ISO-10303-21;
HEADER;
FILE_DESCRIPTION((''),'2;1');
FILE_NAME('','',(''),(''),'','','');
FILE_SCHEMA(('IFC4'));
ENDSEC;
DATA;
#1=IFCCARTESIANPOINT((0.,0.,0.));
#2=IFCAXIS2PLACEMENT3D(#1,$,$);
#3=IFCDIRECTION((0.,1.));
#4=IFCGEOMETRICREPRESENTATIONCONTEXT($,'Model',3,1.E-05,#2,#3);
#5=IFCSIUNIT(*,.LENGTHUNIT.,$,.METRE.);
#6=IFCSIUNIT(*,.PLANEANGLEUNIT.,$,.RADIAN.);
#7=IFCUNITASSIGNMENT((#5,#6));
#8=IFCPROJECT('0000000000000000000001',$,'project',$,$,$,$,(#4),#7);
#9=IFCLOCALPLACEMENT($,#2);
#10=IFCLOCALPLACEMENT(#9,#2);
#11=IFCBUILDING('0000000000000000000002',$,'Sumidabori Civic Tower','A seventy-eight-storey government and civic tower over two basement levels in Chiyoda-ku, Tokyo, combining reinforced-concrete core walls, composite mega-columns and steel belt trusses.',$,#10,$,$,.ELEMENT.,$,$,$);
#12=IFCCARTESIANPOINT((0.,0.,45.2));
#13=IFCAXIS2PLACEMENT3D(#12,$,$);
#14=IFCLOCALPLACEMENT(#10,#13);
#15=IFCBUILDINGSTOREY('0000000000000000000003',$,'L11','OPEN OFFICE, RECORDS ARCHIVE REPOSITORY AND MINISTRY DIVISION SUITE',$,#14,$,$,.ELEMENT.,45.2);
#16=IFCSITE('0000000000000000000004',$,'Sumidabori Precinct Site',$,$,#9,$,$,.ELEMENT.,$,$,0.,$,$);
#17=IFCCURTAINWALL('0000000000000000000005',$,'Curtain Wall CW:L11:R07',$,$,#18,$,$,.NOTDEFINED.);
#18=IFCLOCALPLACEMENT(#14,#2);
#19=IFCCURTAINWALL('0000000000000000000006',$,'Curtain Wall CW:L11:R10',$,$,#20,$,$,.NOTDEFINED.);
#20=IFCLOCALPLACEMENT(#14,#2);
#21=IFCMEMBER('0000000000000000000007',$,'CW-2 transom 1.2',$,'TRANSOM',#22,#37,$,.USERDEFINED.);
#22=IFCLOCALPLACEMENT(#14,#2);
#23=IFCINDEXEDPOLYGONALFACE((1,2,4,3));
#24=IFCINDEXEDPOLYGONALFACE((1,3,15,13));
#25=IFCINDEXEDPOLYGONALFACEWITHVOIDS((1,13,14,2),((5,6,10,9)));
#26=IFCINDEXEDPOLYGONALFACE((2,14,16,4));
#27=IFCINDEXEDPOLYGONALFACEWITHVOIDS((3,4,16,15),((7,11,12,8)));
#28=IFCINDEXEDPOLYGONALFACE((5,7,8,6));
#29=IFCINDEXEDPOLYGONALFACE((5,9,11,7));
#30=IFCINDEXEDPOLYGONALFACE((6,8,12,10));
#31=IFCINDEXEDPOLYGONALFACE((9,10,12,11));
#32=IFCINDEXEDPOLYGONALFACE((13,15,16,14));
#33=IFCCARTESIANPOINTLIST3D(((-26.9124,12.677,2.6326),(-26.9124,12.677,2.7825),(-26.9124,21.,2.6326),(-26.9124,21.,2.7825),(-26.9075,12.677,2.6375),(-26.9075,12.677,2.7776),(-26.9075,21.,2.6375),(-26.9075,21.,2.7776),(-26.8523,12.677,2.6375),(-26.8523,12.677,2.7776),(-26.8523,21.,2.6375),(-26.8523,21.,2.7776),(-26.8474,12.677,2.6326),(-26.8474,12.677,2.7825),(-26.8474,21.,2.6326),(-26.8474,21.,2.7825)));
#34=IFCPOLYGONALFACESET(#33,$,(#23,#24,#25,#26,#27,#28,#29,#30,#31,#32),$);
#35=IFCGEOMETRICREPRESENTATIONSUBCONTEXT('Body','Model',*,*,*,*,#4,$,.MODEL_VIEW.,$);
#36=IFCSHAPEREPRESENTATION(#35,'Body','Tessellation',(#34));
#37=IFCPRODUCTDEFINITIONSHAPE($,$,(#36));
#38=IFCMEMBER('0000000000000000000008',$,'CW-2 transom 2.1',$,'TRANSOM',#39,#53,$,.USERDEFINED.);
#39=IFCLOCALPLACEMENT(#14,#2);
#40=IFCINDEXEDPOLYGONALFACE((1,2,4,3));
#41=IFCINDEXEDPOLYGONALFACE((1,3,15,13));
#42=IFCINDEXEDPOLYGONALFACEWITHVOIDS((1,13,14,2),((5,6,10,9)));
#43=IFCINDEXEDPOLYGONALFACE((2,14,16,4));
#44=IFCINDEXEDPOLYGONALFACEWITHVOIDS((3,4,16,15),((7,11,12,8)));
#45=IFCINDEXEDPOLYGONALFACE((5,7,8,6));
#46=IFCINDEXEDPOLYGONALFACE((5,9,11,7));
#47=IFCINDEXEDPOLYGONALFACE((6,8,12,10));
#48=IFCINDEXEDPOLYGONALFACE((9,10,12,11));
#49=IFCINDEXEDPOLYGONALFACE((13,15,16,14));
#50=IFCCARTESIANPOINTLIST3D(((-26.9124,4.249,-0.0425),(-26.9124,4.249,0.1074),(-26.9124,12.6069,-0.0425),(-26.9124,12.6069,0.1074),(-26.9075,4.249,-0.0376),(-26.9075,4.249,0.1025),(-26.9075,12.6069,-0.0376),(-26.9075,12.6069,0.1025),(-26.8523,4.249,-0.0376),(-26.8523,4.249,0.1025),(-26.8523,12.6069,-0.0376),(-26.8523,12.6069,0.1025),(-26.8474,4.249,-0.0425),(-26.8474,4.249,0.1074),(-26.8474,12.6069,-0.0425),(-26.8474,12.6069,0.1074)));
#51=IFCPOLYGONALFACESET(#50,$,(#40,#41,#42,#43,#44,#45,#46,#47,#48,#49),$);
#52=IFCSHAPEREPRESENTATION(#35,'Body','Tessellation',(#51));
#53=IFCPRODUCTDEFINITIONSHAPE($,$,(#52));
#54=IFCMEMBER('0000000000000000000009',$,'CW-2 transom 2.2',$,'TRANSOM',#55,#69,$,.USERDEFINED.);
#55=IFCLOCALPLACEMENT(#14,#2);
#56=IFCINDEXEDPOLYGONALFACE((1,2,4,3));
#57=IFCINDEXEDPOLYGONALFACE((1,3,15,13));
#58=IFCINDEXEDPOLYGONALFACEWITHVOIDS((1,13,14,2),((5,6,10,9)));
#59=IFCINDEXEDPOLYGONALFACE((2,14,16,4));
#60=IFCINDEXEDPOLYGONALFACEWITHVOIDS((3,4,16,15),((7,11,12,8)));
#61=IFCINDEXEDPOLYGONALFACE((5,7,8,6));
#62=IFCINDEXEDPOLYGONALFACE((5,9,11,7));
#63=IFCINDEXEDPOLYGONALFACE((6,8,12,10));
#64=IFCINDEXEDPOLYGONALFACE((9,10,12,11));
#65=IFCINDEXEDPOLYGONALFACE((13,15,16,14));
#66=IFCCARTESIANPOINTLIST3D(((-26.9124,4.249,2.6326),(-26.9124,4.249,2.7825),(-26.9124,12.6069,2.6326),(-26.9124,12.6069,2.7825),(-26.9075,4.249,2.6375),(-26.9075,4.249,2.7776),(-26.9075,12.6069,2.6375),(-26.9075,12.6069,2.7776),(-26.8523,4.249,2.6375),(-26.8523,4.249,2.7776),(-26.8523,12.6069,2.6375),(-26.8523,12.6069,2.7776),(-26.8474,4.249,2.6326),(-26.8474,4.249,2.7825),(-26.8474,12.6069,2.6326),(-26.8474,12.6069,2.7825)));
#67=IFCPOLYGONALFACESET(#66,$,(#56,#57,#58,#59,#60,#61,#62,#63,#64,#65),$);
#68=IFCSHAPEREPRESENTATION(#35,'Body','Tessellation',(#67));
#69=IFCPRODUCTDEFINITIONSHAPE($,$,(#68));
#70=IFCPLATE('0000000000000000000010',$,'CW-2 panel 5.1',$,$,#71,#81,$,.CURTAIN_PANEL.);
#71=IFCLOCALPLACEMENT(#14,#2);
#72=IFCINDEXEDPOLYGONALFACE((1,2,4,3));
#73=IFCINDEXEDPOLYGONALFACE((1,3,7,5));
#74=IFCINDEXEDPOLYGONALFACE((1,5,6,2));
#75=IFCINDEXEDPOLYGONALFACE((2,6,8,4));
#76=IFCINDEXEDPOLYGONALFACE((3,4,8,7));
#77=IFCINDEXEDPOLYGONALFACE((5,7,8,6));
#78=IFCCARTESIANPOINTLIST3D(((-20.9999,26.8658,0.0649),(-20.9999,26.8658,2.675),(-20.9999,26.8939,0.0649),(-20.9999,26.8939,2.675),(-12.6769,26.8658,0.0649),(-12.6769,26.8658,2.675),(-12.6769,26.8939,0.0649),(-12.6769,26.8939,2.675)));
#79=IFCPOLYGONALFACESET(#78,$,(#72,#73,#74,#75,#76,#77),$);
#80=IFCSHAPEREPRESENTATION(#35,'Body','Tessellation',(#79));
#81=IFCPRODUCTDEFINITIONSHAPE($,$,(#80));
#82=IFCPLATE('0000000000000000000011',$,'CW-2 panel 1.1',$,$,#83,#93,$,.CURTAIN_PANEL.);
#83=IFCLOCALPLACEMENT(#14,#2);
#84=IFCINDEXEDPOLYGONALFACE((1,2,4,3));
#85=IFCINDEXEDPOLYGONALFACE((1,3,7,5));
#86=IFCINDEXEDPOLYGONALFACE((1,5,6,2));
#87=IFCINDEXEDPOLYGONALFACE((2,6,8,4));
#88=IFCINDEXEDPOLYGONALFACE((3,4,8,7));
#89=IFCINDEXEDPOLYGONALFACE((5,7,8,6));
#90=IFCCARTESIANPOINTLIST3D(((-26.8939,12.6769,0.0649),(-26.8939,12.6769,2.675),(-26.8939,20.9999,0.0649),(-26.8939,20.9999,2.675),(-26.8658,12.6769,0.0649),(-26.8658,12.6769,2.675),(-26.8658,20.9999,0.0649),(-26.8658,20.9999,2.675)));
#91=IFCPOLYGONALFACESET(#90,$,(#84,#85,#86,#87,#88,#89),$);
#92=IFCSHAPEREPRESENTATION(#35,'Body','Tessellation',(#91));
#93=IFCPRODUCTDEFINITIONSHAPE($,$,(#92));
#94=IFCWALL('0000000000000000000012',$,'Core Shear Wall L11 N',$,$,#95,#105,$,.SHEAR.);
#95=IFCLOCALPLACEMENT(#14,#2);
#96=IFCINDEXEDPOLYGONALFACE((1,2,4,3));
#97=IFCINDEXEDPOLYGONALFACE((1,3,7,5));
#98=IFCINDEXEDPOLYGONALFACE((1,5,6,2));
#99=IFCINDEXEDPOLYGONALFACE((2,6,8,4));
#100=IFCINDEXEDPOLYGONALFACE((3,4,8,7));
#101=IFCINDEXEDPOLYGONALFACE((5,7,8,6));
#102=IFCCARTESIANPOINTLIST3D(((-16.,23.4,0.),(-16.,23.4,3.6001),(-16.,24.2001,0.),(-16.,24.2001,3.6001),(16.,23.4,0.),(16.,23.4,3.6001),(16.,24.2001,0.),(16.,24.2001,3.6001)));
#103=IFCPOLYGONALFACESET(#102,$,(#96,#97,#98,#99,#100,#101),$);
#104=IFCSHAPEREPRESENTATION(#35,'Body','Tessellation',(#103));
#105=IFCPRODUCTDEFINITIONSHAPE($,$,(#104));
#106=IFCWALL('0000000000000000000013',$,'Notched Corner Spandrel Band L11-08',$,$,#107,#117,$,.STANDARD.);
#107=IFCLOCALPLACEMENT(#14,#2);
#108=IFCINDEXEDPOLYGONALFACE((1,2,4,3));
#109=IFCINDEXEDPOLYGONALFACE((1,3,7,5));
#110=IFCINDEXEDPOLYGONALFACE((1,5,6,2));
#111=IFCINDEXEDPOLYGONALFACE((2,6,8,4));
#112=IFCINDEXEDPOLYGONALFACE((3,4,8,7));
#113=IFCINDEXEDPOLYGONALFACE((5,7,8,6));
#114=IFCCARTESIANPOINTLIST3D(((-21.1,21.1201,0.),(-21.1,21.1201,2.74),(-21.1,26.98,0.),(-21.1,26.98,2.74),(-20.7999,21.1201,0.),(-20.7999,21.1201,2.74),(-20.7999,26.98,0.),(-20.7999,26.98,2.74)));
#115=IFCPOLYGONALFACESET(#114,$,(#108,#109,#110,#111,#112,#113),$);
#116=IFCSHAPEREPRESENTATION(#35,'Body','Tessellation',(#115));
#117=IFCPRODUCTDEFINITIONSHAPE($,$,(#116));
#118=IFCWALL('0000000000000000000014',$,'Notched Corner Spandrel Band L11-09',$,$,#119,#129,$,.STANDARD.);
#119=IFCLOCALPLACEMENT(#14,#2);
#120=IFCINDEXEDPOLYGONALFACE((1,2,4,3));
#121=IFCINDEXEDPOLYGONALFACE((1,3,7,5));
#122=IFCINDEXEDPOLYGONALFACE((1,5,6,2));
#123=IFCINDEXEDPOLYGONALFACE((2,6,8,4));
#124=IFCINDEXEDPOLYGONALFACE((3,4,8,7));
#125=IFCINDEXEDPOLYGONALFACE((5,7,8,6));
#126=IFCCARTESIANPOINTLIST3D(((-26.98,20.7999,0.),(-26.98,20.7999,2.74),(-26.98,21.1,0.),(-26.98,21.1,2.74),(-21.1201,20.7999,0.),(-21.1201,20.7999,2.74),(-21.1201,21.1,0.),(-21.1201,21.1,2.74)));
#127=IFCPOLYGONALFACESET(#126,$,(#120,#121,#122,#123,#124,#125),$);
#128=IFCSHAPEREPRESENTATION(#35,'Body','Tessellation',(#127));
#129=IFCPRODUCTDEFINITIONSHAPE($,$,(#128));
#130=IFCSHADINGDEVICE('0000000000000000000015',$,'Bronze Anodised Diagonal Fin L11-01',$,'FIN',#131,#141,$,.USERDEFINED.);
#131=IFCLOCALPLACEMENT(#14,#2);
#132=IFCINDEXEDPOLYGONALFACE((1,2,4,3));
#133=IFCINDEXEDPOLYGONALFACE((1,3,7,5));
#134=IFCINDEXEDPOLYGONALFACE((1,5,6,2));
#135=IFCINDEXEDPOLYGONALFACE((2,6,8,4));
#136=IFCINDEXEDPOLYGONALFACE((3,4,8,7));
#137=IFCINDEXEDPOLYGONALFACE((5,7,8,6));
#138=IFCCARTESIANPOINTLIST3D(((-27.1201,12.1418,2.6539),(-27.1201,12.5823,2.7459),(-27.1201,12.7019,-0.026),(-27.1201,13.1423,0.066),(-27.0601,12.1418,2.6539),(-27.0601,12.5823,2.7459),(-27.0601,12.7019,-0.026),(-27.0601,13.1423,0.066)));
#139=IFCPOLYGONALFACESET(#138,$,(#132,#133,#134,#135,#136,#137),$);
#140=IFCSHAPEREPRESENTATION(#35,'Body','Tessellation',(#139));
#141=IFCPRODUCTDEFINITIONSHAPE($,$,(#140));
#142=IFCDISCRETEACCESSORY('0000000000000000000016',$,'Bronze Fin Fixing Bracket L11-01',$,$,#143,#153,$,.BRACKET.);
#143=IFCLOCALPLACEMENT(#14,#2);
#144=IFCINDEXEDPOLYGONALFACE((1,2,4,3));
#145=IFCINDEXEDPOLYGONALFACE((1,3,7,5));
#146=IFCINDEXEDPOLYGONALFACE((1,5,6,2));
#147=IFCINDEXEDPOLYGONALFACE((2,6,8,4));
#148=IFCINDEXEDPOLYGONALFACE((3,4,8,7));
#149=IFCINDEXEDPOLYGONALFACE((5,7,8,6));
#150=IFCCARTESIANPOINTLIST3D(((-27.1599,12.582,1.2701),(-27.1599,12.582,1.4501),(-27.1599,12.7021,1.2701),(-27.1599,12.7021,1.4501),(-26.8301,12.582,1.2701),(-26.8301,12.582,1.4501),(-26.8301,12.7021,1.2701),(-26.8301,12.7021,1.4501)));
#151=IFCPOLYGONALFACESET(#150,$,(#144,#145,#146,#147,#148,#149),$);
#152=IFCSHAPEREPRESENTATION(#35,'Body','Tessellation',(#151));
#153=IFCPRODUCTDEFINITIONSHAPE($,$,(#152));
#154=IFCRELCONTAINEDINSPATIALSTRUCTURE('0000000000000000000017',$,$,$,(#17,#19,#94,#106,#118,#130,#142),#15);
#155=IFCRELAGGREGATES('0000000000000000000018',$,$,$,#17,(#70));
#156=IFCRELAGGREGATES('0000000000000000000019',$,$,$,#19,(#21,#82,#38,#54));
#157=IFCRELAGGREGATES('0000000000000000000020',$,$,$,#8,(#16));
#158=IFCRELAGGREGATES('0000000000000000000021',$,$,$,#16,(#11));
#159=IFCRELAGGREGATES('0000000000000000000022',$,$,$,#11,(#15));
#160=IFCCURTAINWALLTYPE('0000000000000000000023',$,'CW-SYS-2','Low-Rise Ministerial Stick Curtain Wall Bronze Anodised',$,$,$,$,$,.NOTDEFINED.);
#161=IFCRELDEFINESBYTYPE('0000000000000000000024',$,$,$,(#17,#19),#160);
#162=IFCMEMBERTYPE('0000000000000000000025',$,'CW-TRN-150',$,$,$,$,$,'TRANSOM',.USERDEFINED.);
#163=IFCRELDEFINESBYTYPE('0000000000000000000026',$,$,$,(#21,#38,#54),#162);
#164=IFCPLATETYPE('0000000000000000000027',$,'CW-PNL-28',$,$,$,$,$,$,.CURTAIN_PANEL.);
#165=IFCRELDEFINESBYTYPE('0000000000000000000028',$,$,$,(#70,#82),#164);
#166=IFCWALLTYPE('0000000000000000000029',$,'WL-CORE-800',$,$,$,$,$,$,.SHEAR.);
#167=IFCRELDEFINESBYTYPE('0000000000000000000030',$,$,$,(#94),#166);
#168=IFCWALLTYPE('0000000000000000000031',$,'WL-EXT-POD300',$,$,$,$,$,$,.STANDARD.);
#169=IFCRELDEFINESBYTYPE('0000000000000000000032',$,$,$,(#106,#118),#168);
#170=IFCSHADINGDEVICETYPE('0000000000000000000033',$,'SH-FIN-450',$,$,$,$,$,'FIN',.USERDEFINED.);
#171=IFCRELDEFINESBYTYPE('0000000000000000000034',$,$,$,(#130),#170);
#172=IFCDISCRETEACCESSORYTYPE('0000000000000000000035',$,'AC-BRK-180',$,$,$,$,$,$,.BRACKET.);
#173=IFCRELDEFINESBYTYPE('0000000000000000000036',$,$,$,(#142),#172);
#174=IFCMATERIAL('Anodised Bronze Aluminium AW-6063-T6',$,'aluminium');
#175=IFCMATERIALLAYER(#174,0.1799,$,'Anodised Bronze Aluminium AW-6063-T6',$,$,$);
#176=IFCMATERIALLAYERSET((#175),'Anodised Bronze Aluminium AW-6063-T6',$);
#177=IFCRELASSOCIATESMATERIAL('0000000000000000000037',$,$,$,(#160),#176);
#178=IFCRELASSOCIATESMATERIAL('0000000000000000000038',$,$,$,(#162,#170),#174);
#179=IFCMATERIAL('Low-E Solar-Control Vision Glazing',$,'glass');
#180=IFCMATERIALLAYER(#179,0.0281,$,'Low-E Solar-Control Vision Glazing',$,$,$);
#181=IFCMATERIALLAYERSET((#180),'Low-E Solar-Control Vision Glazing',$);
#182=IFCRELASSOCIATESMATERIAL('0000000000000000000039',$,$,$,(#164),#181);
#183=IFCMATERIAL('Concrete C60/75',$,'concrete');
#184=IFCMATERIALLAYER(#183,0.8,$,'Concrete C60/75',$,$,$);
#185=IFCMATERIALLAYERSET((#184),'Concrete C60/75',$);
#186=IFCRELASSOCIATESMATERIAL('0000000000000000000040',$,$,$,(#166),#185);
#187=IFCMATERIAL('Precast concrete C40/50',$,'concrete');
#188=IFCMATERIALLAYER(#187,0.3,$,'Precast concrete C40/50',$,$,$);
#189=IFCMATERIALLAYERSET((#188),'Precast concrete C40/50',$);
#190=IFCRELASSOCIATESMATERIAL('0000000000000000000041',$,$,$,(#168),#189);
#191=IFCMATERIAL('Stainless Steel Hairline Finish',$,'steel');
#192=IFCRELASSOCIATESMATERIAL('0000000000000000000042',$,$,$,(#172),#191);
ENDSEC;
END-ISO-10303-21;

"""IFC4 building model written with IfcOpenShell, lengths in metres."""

from ifc_helpers import new_model, si_unit, direction, frame, frame_2d, origin, origin_2d, place, context, subcontext, project, spatial, rectangle, hollow_rectangle, extrude, source, transform, mapped, material, layer, layer_set, material_profile, profile_set, type_object, element, aggregate, save


model = new_model("IFC4")

# Units and contexts
model_context = context("Model", 3, precision=1e-05, world=origin(), true_north=direction((0.0, 1.0)))
body_context = subcontext(model_context, "Body", "Model", "MODEL_VIEW")
ifc_project = project(units=[si_unit("LENGTHUNIT", "METRE"), si_unit("PLANEANGLEUNIT", "RADIAN")], contexts=[model_context])

# Site, building, storey
site_placement = place(None, origin())
site = spatial("IfcSite", under=ifc_project, at=site_placement, Name="Sumidabori Precinct Site", CompositionType="ELEMENT", RefElevation=0.0)
building_placement = place(site_placement, origin())
building = spatial("IfcBuilding", under=site, at=building_placement, Name="Sumidabori Civic Tower", Description="A seventy-eight-storey government and civic tower over two basement levels in Chiyoda-ku, Tokyo, combining reinforced-concrete core walls, composite mega-columns and steel belt trusses.", CompositionType="ELEMENT")
storey_placement = place(building_placement, frame((0.0, 0.0, 45.2)))
storey = spatial("IfcBuildingStorey", under=building, at=storey_placement, Name="L11", Description="OPEN OFFICE, RECORDS ARCHIVE REPOSITORY AND MINISTRY DIVISION SUITE", CompositionType="ELEMENT", Elevation=45.2)

# Shared definitions
ifc_material_1 = material(Name="Concrete C60/75", Category="concrete")

# Curtain wall
ifc_material_2 = material(Name="Anodised Bronze Aluminium AW-6063-T6", Category="aluminium")
ifc_layer_1 = layer(ifc_material_2, 0.1799, Name="Anodised Bronze Aluminium AW-6063-T6")
ifc_layer_set_1 = layer_set([ifc_layer_1], Name="Anodised Bronze Aluminium AW-6063-T6")
curtain_wall_type = type_object("IfcCurtainWallType", Name="CW-SYS-2", Description="Low-Rise Ministerial Stick Curtain Wall Bronze Anodised", PredefinedType="NOTDEFINED", material=ifc_layer_set_1)
curtain_wall_1_placement = place(storey_placement, origin())
curtain_wall_1 = element("IfcCurtainWall", 1, at=curtain_wall_1_placement, inside=storey, type_object=curtain_wall_type, Name="Curtain Wall CW:L11:R07", PredefinedType="NOTDEFINED")

# Curtain wall, members
curtain_wall_2_placement = place(storey_placement, origin())
curtain_wall_2 = element("IfcCurtainWall", 2, at=curtain_wall_2_placement, inside=storey, type_object=curtain_wall_type, Name="Curtain Wall CW:L11:R10", PredefinedType="NOTDEFINED")
ifc_material_profile_1 = material_profile(ifc_material_2, hollow_rectangle(XDim=0.0649, YDim=0.1499, WallThickness=0.0049, at=origin_2d()), Name="ALU TRANSOM 150x65")
ifc_profile_set_1 = profile_set([ifc_material_profile_1], Name="Anodised Bronze Aluminium AW-6063-T6")
member_type_1 = type_object("IfcMemberType", Name="CW-TRN-150", ElementType="TRANSOM", PredefinedType="USERDEFINED", material=ifc_profile_set_1)
shared_shape_1 = source(origin(), body_context, "Body", "SweptSolid", [
    extrude(hollow_rectangle(XDim=0.0649, YDim=0.1499, WallThickness=0.0049, at=origin_2d()), origin(), (0.0, 0.0, 1.0), 8.323),
])
member_1_placement = place(storey_placement, frame((-26.8799, 21.0, 2.7075), z_axis=(0.0, -1.0, 0.0), x_axis=(1.0, 0.0, 0.0)))
member_1 = element("IfcMember", 3, at=member_1_placement, type_object=member_type_1, Name="CW-2 transom 1.2", ObjectType="TRANSOM", PredefinedType="USERDEFINED", context=body_context, shape_type="MappedRepresentation", body=[
    mapped(shared_shape_1, transform((0.0, 0.0, 0.0), x_axis=(1.0, 0.0, 0.0), y_axis=(0.0, 1.0, 0.0), z_axis=(0.0, 0.0, 1.0), scale=1.0)),
])
shared_shape_2 = source(origin(), body_context, "Body", "SweptSolid", [
    extrude(hollow_rectangle(XDim=0.0649, YDim=0.1499, WallThickness=0.0049, at=origin_2d()), origin(), (0.0, 0.0, 1.0), 8.3579),
])
member_2_placement = place(storey_placement, frame((-26.8799, 12.6069, 0.0325), z_axis=(0.0, -1.0, 0.0), x_axis=(1.0, 0.0, 0.0)))
member_2 = element("IfcMember", 4, at=member_2_placement, type_object=member_type_1, Name="CW-2 transom 2.1", ObjectType="TRANSOM", PredefinedType="USERDEFINED", context=body_context, shape_type="MappedRepresentation", body=[
    mapped(shared_shape_2, transform((0.0, 0.0, 0.0), x_axis=(1.0, 0.0, 0.0), y_axis=(0.0, 1.0, 0.0), z_axis=(0.0, 0.0, 1.0), scale=1.0)),
])
member_3_placement = place(storey_placement, frame((-26.8799, 12.6069, 2.7075), z_axis=(0.0, -1.0, 0.0), x_axis=(1.0, 0.0, 0.0)))
member_3 = element("IfcMember", 5, at=member_3_placement, type_object=member_type_1, Name="CW-2 transom 2.2", ObjectType="TRANSOM", PredefinedType="USERDEFINED", context=body_context, shape_type="MappedRepresentation", body=[
    mapped(shared_shape_2, transform((0.0, 0.0, 0.0), x_axis=(1.0, 0.0, 0.0), y_axis=(0.0, 1.0, 0.0), z_axis=(0.0, 0.0, 1.0), scale=1.0)),
])

# Plates
ifc_material_3 = material(Name="Low-E Solar-Control Vision Glazing", Category="glass")
ifc_layer_2 = layer(ifc_material_3, 0.0281, Name="Low-E Solar-Control Vision Glazing")
ifc_layer_set_2 = layer_set([ifc_layer_2], Name="Low-E Solar-Control Vision Glazing")
plate_type = type_object("IfcPlateType", Name="CW-PNL-28", PredefinedType="CURTAIN_PANEL", material=ifc_layer_set_2)
shared_shape_3 = source(origin(), body_context, "Body", "SweptSolid", [
    extrude(rectangle(XDim=8.323, YDim=0.0281, at=origin_2d()), origin(), (0.0, 0.0, 1.0), 2.6101),
])
plate_1_placement = place(storey_placement, frame((-16.8384, 26.8799, 0.0649), z_axis=(0.0, 0.0, 1.0), x_axis=(-1.0, 0.0, 0.0)))
plate_1 = element("IfcPlate", 6, at=plate_1_placement, type_object=plate_type, Name="CW-2 panel 5.1", PredefinedType="CURTAIN_PANEL", context=body_context, shape_type="MappedRepresentation", body=[
    mapped(shared_shape_3, transform((0.0, 0.0, 0.0), x_axis=(1.0, 0.0, 0.0), y_axis=(0.0, 1.0, 0.0), z_axis=(0.0, 0.0, 1.0), scale=1.0)),
])
aggregate(curtain_wall_1, [plate_1])
plate_2_placement = place(storey_placement, frame((-26.8799, 16.8384, 0.0649), z_axis=(0.0, 0.0, 1.0), x_axis=(0.0, -1.0, 0.0)))
plate_2 = element("IfcPlate", 7, at=plate_2_placement, type_object=plate_type, Name="CW-2 panel 1.1", PredefinedType="CURTAIN_PANEL", context=body_context, shape_type="MappedRepresentation", body=[
    mapped(shared_shape_3, transform((0.0, 0.0, 0.0), x_axis=(1.0, 0.0, 0.0), y_axis=(0.0, 1.0, 0.0), z_axis=(0.0, 0.0, 1.0), scale=1.0)),
])
aggregate(curtain_wall_2, [member_1, plate_2, member_2, member_3])

# Walls
ifc_layer_3 = layer(ifc_material_1, 0.8, Name="Concrete C60/75")
ifc_layer_set_3 = layer_set([ifc_layer_3], Name="Concrete C60/75")
wall_type_1 = type_object("IfcWallType", Name="WL-CORE-800", PredefinedType="SHEAR", material=ifc_layer_set_3)
shared_shape_4 = source(origin(), body_context, "Body", "SweptSolid", [
    extrude(rectangle(XDim=32.0, YDim=0.8, at=frame_2d((16.0, 0.0))), origin(), (0.0, 0.0, 1.0), 3.6001),
])
wall_placement = place(storey_placement, frame((-16.0, 23.8, 0.0), z_axis=(0.0, 0.0, 1.0), x_axis=(1.0, 0.0, 0.0)))
element("IfcWall", 8, at=wall_placement, inside=storey, type_object=wall_type_1, Name="Core Shear Wall L11 N", PredefinedType="SHEAR", context=body_context, shape_type="MappedRepresentation", body=[
    mapped(shared_shape_4, transform((0.0, 0.0, 0.0), x_axis=(1.0, 0.0, 0.0), y_axis=(0.0, 1.0, 0.0), z_axis=(0.0, 0.0, 1.0), scale=1.0)),
])
ifc_material_4 = material(Name="Precast concrete C40/50", Category="concrete")
ifc_layer_4 = layer(ifc_material_4, 0.3, Name="Precast concrete C40/50")
ifc_layer_set_4 = layer_set([ifc_layer_4], Name="Precast concrete C40/50")
wall_type_2 = type_object("IfcWallType", Name="WL-EXT-POD300", PredefinedType="STANDARD", material=ifc_layer_set_4)
shared_shape_5 = source(origin(), body_context, "Body", "SweptSolid", [
    extrude(rectangle(XDim=5.8599, YDim=0.3, at=frame_2d((2.9299, 0.0))), origin(), (0.0, 0.0, 1.0), 2.74),
])
for number, where, z_axis, x_axis, name in (
    (9, (-20.95, 26.98, 0.0), (0.0, 0.0, 1.0), (0.0, -1.0, 0.0), "Notched Corner Spandrel Band L11-08"),
    (10, (-21.1201, 20.95, 0.0), (0.0, 0.0, 1.0), (-1.0, 0.0, 0.0), "Notched Corner Spandrel Band L11-09"),
):
    element("IfcWall", number, at=place(storey_placement, frame(where, z_axis=z_axis, x_axis=x_axis)), inside=storey, type_object=wall_type_2, Name=name, PredefinedType="STANDARD", context=body_context, shape_type="MappedRepresentation", body=[
        mapped(shared_shape_5, transform((0.0, 0.0, 0.0), x_axis=(1.0, 0.0, 0.0), y_axis=(0.0, 1.0, 0.0), z_axis=(0.0, 0.0, 1.0), scale=1.0)),
    ])

# Shading device
ifc_material_profile_2 = material_profile(ifc_material_2, rectangle(XDim=0.0601, YDim=0.45, at=origin_2d()), Name="BRONZE FIN 450x60")
ifc_profile_set_2 = profile_set([ifc_material_profile_2], Name="Anodised Bronze Aluminium AW-6063-T6")
shading_device_type = type_object("IfcShadingDeviceType", Name="SH-FIN-450", ElementType="FIN", PredefinedType="USERDEFINED", material=ifc_profile_set_2)
shared_shape_6 = source(origin(), body_context, "Body", "SweptSolid", [
    extrude(rectangle(XDim=0.0601, YDim=0.45, at=origin_2d()), origin(), (0.0, 0.0, 1.0), 2.7378),
])
shading_device_placement = place(storey_placement, frame((-27.0901, 12.9221, 0.02), z_axis=(0.0, -0.204563, 0.978853), x_axis=(-1.0, 0.0, 0.0)))
element("IfcShadingDevice", 11, at=shading_device_placement, inside=storey, type_object=shading_device_type, Name="Bronze Anodised Diagonal Fin L11-01", ObjectType="FIN", PredefinedType="USERDEFINED", context=body_context, shape_type="MappedRepresentation", body=[
    mapped(shared_shape_6, transform((0.0, 0.0, 0.0), x_axis=(1.0, 0.0, 0.0), y_axis=(0.0, 1.0, 0.0), z_axis=(0.0, 0.0, 1.0), scale=1.0)),
])

# Discrete accessory
ifc_material_5 = material(Name="Stainless Steel Hairline Finish", Category="steel")
ifc_material_profile_3 = material_profile(ifc_material_5, rectangle(XDim=0.1201, YDim=0.1799, at=origin_2d()), Name="STEEL BRACKET 180x120")
ifc_profile_set_3 = profile_set([ifc_material_profile_3], Name="Stainless Steel Hairline Finish")
discrete_accessory_type = type_object("IfcDiscreteAccessoryType", Name="AC-BRK-180", PredefinedType="BRACKET", material=ifc_profile_set_3)
shared_shape_7 = source(origin(), body_context, "Body", "SweptSolid", [
    extrude(rectangle(XDim=0.1201, YDim=0.1799, at=origin_2d()), origin(), (0.0, 0.0, 1.0), 0.3298),
])
discrete_accessory_placement = place(storey_placement, frame((-26.8301, 12.6421, 1.3601), z_axis=(-1.0, 0.0, 0.0), x_axis=(0.0, -1.0, 0.0)))
element("IfcDiscreteAccessory", 12, at=discrete_accessory_placement, inside=storey, type_object=discrete_accessory_type, Name="Bronze Fin Fixing Bracket L11-01", PredefinedType="BRACKET", context=body_context, shape_type="MappedRepresentation", body=[
    mapped(shared_shape_7, transform((0.0, 0.0, 0.0), x_axis=(1.0, 0.0, 0.0), y_axis=(0.0, 1.0, 0.0), z_axis=(0.0, 0.0, 1.0), scale=1.0)),
])

save(model, "model.ifc")
